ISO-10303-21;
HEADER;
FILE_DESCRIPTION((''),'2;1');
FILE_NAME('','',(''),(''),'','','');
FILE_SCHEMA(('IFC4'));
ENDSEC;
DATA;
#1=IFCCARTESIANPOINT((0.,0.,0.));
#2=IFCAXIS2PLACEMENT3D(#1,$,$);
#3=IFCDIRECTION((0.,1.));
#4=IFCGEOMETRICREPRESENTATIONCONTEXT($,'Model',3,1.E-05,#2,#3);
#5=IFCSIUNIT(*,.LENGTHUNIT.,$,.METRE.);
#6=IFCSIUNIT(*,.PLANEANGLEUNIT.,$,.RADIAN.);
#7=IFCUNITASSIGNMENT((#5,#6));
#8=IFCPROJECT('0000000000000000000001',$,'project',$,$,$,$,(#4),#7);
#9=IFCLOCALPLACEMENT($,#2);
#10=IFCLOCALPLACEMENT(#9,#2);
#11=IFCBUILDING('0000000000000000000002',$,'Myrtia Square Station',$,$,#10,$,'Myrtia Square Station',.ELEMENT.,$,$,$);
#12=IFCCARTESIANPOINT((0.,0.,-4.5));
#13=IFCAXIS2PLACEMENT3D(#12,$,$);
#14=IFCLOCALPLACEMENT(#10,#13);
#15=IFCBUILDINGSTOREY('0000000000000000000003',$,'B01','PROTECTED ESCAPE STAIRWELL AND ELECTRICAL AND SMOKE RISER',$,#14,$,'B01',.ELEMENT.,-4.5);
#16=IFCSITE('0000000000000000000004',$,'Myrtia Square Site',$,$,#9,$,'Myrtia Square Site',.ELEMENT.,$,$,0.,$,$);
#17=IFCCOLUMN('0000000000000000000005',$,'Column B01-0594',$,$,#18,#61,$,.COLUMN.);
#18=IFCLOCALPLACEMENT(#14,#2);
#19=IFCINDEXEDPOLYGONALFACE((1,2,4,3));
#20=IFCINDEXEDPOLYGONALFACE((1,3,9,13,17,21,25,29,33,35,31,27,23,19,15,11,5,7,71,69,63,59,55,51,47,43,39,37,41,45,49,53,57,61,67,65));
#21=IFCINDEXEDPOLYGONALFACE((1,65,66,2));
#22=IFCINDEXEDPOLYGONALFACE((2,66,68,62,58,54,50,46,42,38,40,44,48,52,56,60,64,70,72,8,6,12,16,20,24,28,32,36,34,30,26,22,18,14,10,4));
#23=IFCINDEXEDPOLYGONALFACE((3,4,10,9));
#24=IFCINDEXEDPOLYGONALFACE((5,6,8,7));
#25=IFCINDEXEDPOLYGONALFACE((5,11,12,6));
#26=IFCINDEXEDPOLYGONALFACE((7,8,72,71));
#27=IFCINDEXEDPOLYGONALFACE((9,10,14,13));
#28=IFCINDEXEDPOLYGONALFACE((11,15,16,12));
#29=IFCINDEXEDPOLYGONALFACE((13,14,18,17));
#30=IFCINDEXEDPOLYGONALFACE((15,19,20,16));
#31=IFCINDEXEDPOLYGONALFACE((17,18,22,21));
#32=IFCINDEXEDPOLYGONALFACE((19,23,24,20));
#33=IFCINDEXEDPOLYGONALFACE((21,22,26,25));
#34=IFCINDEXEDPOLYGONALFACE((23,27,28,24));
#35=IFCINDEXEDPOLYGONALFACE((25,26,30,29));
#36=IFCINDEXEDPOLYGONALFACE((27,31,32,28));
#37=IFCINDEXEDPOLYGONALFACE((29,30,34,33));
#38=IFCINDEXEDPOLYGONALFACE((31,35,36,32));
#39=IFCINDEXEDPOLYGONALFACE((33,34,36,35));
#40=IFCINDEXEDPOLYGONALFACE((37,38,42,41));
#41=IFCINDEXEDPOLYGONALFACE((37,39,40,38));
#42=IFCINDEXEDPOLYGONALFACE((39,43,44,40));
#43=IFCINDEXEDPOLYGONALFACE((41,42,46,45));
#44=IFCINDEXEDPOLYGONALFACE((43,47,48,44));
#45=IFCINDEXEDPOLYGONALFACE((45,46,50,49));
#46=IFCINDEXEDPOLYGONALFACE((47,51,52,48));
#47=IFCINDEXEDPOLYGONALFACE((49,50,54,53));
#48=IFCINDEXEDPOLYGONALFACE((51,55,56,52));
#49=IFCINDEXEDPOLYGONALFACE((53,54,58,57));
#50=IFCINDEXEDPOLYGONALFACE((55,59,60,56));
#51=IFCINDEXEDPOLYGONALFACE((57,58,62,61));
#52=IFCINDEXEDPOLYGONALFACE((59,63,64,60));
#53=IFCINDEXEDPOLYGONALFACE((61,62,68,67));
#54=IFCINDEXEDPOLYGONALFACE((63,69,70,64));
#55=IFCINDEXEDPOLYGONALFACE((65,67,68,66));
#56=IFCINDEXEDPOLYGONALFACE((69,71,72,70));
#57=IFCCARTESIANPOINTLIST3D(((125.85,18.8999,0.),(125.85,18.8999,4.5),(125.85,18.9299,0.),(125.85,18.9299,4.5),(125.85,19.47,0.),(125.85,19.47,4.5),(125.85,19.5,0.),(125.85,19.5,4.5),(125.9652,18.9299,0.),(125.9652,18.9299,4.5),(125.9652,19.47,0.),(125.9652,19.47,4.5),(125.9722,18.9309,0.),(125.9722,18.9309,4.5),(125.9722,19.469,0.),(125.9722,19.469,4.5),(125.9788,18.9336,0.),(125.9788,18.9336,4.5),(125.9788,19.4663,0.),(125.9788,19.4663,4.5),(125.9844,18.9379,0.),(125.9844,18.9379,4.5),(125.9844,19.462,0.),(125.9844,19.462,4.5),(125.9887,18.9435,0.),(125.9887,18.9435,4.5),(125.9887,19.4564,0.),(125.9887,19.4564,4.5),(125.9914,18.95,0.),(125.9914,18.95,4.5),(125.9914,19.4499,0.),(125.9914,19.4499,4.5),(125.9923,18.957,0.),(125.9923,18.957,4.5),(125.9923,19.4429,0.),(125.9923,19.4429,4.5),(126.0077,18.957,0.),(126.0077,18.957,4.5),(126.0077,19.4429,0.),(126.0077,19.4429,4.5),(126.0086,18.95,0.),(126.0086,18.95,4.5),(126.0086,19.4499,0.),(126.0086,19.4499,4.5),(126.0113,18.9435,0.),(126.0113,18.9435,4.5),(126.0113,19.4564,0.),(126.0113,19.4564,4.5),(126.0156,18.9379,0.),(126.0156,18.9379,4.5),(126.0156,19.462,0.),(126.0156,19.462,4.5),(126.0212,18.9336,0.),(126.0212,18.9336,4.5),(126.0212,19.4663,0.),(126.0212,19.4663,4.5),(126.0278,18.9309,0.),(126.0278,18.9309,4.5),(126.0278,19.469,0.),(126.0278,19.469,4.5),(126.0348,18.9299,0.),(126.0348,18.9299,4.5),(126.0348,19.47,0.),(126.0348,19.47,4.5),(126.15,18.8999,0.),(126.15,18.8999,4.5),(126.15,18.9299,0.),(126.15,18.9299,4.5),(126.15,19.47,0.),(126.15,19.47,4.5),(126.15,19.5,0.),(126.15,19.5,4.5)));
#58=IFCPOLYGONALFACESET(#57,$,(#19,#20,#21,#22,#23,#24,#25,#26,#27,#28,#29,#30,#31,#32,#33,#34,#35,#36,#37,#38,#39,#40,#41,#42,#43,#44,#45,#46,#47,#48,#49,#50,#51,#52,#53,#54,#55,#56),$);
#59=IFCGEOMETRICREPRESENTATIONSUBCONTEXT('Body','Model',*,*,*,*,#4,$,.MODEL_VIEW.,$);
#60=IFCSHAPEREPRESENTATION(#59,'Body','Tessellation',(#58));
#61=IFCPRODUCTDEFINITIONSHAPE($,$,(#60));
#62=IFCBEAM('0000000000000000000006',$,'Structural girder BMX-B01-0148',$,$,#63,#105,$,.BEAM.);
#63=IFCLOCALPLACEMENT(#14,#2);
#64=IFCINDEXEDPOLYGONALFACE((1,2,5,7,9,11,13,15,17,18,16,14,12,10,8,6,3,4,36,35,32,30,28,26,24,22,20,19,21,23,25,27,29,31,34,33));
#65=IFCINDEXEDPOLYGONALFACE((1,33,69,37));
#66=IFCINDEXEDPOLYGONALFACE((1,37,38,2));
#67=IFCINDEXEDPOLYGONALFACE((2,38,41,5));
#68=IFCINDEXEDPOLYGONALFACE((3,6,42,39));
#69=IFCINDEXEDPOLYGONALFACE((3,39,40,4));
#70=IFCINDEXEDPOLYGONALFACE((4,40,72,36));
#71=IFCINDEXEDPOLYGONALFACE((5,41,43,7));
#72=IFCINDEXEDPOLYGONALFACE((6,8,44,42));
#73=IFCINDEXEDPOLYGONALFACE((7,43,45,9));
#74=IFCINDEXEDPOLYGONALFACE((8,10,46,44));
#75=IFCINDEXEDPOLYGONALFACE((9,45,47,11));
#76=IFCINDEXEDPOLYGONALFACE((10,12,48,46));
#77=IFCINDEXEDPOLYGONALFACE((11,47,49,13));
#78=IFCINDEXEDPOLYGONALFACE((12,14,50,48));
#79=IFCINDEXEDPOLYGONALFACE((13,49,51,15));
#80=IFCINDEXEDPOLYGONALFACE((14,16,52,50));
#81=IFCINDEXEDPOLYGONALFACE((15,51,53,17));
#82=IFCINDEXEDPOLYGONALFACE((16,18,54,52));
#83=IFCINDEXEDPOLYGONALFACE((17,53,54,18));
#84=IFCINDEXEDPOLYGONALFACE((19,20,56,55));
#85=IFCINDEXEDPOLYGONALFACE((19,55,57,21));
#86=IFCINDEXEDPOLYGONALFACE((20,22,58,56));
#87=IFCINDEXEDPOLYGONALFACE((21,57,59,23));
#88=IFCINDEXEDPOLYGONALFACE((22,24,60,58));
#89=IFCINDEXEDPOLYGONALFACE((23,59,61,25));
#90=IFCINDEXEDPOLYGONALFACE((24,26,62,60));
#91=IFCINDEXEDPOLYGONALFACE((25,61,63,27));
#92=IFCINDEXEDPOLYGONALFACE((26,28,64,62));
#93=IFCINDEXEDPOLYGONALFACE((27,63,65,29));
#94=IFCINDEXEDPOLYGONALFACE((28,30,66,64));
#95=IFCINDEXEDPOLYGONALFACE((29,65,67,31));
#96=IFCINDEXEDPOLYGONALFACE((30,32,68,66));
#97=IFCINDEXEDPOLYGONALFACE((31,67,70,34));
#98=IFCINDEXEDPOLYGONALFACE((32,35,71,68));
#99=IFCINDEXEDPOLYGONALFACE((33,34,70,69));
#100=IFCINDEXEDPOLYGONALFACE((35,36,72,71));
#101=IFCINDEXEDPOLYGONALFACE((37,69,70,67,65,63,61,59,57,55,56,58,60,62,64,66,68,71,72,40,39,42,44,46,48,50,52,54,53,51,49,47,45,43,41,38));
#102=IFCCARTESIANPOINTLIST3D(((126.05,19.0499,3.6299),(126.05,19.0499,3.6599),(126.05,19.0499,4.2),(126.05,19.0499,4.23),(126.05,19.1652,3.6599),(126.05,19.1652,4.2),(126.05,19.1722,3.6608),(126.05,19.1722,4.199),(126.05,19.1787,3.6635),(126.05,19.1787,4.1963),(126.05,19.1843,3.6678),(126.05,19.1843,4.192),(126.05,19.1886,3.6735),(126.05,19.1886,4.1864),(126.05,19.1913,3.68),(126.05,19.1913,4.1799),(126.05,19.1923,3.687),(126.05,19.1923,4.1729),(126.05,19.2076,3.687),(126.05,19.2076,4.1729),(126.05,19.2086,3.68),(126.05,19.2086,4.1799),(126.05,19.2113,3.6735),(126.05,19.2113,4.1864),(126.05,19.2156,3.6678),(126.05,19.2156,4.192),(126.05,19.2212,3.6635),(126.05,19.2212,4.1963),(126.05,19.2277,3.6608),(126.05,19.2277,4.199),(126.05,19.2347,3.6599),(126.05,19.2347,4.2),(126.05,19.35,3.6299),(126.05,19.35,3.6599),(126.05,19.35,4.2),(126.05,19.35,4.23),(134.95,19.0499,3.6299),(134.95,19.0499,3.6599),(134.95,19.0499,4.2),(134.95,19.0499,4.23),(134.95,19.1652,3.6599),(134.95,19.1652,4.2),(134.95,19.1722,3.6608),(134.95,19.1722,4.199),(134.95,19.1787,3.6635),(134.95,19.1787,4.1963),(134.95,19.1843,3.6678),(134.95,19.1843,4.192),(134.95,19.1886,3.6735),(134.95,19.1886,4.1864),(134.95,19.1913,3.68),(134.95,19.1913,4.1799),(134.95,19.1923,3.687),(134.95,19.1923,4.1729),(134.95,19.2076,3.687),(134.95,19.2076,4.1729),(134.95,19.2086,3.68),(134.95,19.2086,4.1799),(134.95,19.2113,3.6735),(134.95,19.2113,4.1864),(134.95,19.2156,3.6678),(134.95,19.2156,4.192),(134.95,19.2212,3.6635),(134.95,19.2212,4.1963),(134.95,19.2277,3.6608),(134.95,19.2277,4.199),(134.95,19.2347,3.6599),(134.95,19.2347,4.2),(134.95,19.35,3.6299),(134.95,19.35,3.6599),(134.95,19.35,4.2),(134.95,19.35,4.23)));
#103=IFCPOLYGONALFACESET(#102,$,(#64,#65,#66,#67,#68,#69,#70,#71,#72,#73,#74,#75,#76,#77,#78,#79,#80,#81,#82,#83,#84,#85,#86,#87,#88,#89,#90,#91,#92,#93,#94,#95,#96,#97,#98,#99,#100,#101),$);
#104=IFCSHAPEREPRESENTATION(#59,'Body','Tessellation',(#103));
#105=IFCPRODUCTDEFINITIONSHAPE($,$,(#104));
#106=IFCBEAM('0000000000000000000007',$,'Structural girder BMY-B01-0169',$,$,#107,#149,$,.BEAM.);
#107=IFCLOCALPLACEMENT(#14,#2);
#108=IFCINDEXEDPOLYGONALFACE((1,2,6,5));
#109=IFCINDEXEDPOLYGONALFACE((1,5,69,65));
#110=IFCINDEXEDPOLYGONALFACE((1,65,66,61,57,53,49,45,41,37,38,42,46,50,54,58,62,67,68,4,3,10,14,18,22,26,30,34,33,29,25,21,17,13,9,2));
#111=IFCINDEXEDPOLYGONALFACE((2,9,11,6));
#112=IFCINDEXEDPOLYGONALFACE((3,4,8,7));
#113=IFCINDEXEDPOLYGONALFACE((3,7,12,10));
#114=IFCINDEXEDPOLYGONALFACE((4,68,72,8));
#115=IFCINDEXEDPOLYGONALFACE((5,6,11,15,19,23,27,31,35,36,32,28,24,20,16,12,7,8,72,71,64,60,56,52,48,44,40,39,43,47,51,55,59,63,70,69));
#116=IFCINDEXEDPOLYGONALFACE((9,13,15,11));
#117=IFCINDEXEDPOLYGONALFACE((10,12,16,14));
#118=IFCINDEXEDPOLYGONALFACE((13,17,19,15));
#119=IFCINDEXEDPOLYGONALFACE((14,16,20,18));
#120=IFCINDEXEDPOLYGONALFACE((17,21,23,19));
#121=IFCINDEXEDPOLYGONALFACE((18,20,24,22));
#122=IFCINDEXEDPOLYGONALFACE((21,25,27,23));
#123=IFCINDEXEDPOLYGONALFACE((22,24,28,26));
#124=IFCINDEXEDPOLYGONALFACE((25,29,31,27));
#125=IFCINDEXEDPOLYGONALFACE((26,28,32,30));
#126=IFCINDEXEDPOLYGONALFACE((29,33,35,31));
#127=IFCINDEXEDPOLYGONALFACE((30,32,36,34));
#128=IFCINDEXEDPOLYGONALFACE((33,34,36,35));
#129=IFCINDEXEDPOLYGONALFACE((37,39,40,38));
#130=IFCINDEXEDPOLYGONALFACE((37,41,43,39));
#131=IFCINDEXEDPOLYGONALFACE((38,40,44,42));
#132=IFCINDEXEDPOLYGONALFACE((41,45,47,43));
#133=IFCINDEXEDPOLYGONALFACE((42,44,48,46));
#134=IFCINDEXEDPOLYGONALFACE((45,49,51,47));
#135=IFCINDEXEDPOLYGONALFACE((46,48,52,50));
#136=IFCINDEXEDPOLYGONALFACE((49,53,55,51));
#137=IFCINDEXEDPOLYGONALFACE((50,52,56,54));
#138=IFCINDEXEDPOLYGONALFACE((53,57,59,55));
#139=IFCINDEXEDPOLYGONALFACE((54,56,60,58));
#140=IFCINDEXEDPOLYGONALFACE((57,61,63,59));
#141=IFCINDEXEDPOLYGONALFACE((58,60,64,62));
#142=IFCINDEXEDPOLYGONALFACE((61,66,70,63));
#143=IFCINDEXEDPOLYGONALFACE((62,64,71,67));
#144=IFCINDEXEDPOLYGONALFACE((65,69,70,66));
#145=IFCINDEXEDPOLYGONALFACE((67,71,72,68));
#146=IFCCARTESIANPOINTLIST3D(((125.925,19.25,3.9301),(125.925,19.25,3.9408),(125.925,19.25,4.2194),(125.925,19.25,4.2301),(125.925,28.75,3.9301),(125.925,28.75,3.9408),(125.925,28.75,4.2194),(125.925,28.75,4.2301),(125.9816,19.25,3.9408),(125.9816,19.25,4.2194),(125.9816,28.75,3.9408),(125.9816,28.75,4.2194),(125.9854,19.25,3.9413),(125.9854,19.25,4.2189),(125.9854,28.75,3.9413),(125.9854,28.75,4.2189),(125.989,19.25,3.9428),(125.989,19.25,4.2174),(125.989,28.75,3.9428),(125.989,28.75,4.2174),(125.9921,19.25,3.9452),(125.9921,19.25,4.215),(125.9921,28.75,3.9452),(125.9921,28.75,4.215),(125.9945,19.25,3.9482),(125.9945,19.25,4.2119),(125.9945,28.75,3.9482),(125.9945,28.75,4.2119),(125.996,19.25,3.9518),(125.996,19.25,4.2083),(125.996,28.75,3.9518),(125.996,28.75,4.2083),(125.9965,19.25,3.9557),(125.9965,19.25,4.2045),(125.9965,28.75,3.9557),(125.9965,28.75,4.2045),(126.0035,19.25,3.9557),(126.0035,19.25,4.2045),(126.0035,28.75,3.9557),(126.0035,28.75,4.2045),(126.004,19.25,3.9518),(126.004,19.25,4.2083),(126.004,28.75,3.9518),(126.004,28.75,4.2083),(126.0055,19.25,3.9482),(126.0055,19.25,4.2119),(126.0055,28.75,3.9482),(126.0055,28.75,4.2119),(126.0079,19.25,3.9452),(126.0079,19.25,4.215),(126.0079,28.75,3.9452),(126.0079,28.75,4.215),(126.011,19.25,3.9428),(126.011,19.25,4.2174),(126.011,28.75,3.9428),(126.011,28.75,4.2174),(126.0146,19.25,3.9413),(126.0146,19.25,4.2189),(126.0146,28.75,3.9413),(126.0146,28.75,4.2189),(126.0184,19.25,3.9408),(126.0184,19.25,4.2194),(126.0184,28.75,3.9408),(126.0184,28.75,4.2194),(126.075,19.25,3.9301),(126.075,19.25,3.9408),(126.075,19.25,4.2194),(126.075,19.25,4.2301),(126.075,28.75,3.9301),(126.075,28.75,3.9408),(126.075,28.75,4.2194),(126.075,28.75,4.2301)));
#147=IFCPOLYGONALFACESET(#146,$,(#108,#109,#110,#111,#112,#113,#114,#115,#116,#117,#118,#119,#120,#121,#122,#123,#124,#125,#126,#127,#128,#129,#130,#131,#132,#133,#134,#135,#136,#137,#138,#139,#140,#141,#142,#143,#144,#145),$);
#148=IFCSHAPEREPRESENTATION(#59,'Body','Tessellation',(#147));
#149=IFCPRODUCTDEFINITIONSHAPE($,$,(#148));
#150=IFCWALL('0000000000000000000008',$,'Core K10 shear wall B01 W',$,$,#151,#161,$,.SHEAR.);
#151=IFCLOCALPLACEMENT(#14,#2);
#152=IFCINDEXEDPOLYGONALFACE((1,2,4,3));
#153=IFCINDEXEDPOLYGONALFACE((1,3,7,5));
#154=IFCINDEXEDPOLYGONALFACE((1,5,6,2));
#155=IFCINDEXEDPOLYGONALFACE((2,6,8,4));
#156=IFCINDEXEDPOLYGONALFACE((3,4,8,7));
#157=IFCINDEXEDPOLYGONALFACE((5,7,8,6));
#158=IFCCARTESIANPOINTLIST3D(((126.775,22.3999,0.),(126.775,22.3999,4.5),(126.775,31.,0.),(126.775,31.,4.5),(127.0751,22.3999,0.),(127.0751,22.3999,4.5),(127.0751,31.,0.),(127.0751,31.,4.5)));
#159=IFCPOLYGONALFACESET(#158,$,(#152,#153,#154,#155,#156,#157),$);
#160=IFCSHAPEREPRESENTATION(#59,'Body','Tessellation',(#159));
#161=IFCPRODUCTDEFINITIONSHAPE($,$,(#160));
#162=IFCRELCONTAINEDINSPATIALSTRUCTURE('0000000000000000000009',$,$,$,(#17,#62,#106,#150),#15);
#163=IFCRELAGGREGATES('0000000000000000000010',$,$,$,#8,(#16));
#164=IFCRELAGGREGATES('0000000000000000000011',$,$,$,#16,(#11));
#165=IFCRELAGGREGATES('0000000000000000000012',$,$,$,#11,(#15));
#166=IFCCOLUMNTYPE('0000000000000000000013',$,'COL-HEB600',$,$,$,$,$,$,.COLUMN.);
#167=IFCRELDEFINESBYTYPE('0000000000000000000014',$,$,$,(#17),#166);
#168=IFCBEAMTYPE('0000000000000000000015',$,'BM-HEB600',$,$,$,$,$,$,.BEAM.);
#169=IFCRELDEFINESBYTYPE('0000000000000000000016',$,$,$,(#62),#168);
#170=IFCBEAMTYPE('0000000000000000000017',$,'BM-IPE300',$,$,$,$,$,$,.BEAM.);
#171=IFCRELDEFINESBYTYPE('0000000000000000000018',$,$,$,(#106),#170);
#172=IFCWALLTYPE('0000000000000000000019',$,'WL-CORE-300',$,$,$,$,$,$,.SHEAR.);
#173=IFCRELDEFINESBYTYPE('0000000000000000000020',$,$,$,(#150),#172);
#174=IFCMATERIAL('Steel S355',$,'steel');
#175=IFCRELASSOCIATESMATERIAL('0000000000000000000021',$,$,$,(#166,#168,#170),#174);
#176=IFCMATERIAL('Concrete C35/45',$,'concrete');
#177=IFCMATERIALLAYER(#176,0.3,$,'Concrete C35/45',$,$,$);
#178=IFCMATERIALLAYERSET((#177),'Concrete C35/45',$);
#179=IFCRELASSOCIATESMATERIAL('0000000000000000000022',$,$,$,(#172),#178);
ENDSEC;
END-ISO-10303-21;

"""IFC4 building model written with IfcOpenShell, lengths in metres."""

from ifc_helpers import new_model, si_unit, direction, frame, frame_2d, origin, origin_2d, place, context, subcontext, project, spatial, rectangle, i_section, extrude, material, layer, layer_set, material_profile, profile_set, type_object, element, save


model = new_model("IFC4")

# Units and contexts
model_context = context("Model", 3, precision=1e-05, world=origin(), true_north=direction((0.0, 1.0)))
body_context = subcontext(model_context, "Body", "Model", "MODEL_VIEW")
ifc_project = project(units=[si_unit("LENGTHUNIT", "METRE"), si_unit("PLANEANGLEUNIT", "RADIAN")], contexts=[model_context])

# Site, building, storey
site_placement = place(None, origin())
site = spatial("IfcSite", under=ifc_project, at=site_placement, Name="Myrtia Square Site", LongName="Myrtia Square Site", CompositionType="ELEMENT", RefElevation=0.0)
building_placement = place(site_placement, origin())
building = spatial("IfcBuilding", under=site, at=building_placement, Name="Myrtia Square Station", LongName="Myrtia Square Station", CompositionType="ELEMENT")
storey_placement = place(building_placement, frame((0.0, 0.0, -4.5)))
storey = spatial("IfcBuildingStorey", under=building, at=storey_placement, Name="B01", Description="PROTECTED ESCAPE STAIRWELL AND ELECTRICAL AND SMOKE RISER", LongName="B01", CompositionType="ELEMENT", Elevation=-4.5)

# Column
ifc_material_1 = material(Name="Steel S355", Category="steel")
ifc_material_profile_1 = material_profile(ifc_material_1, i_section(OverallWidth=0.3, OverallDepth=0.6001, WebThickness=0.0154, FlangeThickness=0.03, FilletRadius=0.0271, at=origin_2d()), Name="HEB 600")
ifc_profile_set_1 = profile_set([ifc_material_profile_1], Name="Steel S355")
column_type = type_object("IfcColumnType", Name="COL-HEB600", PredefinedType="COLUMN", material=ifc_profile_set_1)
column_placement = place(storey_placement, frame((126.0, 19.2, 0.0), z_axis=(0.0, 0.0, 1.0), x_axis=(1.0, 0.0, 0.0)))
element("IfcColumn", 1, at=column_placement, inside=storey, type_object=column_type, Name="Column B01-0594", PredefinedType="COLUMN", context=body_context, shape_type="SweptSolid", body=[
    extrude(i_section(OverallWidth=0.3, OverallDepth=0.6001, WebThickness=0.0154, FlangeThickness=0.03, FilletRadius=0.0271, at=origin_2d()), origin(), (0.0, 0.0, 1.0), 4.5),
])

# Beams
ifc_material_profile_2 = material_profile(ifc_material_1, i_section(OverallWidth=0.3, OverallDepth=0.6001, WebThickness=0.0154, FlangeThickness=0.03, FilletRadius=0.0271, at=origin_2d()), Name="HEB 600")
ifc_profile_set_2 = profile_set([ifc_material_profile_2], Name="Steel S355")
beam_type_1 = type_object("IfcBeamType", Name="BM-HEB600", PredefinedType="BEAM", material=ifc_profile_set_2)
beam_1_placement = place(storey_placement, frame((126.05, 19.2, 3.9299), z_axis=(1.0, 0.0, 0.0), x_axis=(0.0, 1.0, 0.0)))
element("IfcBeam", 2, at=beam_1_placement, inside=storey, type_object=beam_type_1, Name="Structural girder BMX-B01-0148", PredefinedType="BEAM", context=body_context, shape_type="SweptSolid", body=[
    extrude(i_section(OverallWidth=0.3, OverallDepth=0.6001, WebThickness=0.0154, FlangeThickness=0.03, FilletRadius=0.0271, at=origin_2d()), origin(), (0.0, 0.0, 1.0), 8.8999),
])
ifc_material_profile_3 = material_profile(ifc_material_1, i_section(OverallWidth=0.1499, OverallDepth=0.3, WebThickness=0.0071, FlangeThickness=0.0107, FilletRadius=0.0149, at=origin_2d()), Name="IPE 300")
ifc_profile_set_3 = profile_set([ifc_material_profile_3], Name="Steel S355")
beam_type_2 = type_object("IfcBeamType", Name="BM-IPE300", PredefinedType="BEAM", material=ifc_profile_set_3)
beam_2_placement = place(storey_placement, frame((126.0, 19.25, 4.0801), z_axis=(0.0, 1.0, 0.0), x_axis=(-1.0, 0.0, 0.0)))
element("IfcBeam", 3, at=beam_2_placement, inside=storey, type_object=beam_type_2, Name="Structural girder BMY-B01-0169", PredefinedType="BEAM", context=body_context, shape_type="SweptSolid", body=[
    extrude(i_section(OverallWidth=0.1499, OverallDepth=0.3, WebThickness=0.0071, FlangeThickness=0.0107, FilletRadius=0.0149, at=origin_2d()), origin(), (0.0, 0.0, 1.0), 9.5),
])

# Shared definitions
ifc_material_2 = material(Name="Concrete C35/45", Category="concrete")
ifc_layer_1 = layer(ifc_material_2, 0.3, Name="Concrete C35/45")
ifc_layer_set_1 = layer_set([ifc_layer_1], Name="Concrete C35/45")
wall_type_1 = type_object("IfcWallType", Name="WL-CORE-300", PredefinedType="SHEAR", material=ifc_layer_set_1)

# Wall
wall_1_placement = place(storey_placement, frame((126.925, 22.3999, 0.0), z_axis=(0.0, 0.0, 1.0), x_axis=(0.0, 1.0, 0.0)))
element("IfcWall", 4, at=wall_1_placement, inside=storey, type_object=wall_type_1, Name="Core K10 shear wall B01 W", PredefinedType="SHEAR", context=body_context, shape_type="SweptSolid", body=[
    extrude(rectangle(XDim=8.6001, YDim=0.3, at=frame_2d((4.3, 0.0))), origin(), (0.0, 0.0, 1.0), 4.5),
])

save(model, "model.ifc")
